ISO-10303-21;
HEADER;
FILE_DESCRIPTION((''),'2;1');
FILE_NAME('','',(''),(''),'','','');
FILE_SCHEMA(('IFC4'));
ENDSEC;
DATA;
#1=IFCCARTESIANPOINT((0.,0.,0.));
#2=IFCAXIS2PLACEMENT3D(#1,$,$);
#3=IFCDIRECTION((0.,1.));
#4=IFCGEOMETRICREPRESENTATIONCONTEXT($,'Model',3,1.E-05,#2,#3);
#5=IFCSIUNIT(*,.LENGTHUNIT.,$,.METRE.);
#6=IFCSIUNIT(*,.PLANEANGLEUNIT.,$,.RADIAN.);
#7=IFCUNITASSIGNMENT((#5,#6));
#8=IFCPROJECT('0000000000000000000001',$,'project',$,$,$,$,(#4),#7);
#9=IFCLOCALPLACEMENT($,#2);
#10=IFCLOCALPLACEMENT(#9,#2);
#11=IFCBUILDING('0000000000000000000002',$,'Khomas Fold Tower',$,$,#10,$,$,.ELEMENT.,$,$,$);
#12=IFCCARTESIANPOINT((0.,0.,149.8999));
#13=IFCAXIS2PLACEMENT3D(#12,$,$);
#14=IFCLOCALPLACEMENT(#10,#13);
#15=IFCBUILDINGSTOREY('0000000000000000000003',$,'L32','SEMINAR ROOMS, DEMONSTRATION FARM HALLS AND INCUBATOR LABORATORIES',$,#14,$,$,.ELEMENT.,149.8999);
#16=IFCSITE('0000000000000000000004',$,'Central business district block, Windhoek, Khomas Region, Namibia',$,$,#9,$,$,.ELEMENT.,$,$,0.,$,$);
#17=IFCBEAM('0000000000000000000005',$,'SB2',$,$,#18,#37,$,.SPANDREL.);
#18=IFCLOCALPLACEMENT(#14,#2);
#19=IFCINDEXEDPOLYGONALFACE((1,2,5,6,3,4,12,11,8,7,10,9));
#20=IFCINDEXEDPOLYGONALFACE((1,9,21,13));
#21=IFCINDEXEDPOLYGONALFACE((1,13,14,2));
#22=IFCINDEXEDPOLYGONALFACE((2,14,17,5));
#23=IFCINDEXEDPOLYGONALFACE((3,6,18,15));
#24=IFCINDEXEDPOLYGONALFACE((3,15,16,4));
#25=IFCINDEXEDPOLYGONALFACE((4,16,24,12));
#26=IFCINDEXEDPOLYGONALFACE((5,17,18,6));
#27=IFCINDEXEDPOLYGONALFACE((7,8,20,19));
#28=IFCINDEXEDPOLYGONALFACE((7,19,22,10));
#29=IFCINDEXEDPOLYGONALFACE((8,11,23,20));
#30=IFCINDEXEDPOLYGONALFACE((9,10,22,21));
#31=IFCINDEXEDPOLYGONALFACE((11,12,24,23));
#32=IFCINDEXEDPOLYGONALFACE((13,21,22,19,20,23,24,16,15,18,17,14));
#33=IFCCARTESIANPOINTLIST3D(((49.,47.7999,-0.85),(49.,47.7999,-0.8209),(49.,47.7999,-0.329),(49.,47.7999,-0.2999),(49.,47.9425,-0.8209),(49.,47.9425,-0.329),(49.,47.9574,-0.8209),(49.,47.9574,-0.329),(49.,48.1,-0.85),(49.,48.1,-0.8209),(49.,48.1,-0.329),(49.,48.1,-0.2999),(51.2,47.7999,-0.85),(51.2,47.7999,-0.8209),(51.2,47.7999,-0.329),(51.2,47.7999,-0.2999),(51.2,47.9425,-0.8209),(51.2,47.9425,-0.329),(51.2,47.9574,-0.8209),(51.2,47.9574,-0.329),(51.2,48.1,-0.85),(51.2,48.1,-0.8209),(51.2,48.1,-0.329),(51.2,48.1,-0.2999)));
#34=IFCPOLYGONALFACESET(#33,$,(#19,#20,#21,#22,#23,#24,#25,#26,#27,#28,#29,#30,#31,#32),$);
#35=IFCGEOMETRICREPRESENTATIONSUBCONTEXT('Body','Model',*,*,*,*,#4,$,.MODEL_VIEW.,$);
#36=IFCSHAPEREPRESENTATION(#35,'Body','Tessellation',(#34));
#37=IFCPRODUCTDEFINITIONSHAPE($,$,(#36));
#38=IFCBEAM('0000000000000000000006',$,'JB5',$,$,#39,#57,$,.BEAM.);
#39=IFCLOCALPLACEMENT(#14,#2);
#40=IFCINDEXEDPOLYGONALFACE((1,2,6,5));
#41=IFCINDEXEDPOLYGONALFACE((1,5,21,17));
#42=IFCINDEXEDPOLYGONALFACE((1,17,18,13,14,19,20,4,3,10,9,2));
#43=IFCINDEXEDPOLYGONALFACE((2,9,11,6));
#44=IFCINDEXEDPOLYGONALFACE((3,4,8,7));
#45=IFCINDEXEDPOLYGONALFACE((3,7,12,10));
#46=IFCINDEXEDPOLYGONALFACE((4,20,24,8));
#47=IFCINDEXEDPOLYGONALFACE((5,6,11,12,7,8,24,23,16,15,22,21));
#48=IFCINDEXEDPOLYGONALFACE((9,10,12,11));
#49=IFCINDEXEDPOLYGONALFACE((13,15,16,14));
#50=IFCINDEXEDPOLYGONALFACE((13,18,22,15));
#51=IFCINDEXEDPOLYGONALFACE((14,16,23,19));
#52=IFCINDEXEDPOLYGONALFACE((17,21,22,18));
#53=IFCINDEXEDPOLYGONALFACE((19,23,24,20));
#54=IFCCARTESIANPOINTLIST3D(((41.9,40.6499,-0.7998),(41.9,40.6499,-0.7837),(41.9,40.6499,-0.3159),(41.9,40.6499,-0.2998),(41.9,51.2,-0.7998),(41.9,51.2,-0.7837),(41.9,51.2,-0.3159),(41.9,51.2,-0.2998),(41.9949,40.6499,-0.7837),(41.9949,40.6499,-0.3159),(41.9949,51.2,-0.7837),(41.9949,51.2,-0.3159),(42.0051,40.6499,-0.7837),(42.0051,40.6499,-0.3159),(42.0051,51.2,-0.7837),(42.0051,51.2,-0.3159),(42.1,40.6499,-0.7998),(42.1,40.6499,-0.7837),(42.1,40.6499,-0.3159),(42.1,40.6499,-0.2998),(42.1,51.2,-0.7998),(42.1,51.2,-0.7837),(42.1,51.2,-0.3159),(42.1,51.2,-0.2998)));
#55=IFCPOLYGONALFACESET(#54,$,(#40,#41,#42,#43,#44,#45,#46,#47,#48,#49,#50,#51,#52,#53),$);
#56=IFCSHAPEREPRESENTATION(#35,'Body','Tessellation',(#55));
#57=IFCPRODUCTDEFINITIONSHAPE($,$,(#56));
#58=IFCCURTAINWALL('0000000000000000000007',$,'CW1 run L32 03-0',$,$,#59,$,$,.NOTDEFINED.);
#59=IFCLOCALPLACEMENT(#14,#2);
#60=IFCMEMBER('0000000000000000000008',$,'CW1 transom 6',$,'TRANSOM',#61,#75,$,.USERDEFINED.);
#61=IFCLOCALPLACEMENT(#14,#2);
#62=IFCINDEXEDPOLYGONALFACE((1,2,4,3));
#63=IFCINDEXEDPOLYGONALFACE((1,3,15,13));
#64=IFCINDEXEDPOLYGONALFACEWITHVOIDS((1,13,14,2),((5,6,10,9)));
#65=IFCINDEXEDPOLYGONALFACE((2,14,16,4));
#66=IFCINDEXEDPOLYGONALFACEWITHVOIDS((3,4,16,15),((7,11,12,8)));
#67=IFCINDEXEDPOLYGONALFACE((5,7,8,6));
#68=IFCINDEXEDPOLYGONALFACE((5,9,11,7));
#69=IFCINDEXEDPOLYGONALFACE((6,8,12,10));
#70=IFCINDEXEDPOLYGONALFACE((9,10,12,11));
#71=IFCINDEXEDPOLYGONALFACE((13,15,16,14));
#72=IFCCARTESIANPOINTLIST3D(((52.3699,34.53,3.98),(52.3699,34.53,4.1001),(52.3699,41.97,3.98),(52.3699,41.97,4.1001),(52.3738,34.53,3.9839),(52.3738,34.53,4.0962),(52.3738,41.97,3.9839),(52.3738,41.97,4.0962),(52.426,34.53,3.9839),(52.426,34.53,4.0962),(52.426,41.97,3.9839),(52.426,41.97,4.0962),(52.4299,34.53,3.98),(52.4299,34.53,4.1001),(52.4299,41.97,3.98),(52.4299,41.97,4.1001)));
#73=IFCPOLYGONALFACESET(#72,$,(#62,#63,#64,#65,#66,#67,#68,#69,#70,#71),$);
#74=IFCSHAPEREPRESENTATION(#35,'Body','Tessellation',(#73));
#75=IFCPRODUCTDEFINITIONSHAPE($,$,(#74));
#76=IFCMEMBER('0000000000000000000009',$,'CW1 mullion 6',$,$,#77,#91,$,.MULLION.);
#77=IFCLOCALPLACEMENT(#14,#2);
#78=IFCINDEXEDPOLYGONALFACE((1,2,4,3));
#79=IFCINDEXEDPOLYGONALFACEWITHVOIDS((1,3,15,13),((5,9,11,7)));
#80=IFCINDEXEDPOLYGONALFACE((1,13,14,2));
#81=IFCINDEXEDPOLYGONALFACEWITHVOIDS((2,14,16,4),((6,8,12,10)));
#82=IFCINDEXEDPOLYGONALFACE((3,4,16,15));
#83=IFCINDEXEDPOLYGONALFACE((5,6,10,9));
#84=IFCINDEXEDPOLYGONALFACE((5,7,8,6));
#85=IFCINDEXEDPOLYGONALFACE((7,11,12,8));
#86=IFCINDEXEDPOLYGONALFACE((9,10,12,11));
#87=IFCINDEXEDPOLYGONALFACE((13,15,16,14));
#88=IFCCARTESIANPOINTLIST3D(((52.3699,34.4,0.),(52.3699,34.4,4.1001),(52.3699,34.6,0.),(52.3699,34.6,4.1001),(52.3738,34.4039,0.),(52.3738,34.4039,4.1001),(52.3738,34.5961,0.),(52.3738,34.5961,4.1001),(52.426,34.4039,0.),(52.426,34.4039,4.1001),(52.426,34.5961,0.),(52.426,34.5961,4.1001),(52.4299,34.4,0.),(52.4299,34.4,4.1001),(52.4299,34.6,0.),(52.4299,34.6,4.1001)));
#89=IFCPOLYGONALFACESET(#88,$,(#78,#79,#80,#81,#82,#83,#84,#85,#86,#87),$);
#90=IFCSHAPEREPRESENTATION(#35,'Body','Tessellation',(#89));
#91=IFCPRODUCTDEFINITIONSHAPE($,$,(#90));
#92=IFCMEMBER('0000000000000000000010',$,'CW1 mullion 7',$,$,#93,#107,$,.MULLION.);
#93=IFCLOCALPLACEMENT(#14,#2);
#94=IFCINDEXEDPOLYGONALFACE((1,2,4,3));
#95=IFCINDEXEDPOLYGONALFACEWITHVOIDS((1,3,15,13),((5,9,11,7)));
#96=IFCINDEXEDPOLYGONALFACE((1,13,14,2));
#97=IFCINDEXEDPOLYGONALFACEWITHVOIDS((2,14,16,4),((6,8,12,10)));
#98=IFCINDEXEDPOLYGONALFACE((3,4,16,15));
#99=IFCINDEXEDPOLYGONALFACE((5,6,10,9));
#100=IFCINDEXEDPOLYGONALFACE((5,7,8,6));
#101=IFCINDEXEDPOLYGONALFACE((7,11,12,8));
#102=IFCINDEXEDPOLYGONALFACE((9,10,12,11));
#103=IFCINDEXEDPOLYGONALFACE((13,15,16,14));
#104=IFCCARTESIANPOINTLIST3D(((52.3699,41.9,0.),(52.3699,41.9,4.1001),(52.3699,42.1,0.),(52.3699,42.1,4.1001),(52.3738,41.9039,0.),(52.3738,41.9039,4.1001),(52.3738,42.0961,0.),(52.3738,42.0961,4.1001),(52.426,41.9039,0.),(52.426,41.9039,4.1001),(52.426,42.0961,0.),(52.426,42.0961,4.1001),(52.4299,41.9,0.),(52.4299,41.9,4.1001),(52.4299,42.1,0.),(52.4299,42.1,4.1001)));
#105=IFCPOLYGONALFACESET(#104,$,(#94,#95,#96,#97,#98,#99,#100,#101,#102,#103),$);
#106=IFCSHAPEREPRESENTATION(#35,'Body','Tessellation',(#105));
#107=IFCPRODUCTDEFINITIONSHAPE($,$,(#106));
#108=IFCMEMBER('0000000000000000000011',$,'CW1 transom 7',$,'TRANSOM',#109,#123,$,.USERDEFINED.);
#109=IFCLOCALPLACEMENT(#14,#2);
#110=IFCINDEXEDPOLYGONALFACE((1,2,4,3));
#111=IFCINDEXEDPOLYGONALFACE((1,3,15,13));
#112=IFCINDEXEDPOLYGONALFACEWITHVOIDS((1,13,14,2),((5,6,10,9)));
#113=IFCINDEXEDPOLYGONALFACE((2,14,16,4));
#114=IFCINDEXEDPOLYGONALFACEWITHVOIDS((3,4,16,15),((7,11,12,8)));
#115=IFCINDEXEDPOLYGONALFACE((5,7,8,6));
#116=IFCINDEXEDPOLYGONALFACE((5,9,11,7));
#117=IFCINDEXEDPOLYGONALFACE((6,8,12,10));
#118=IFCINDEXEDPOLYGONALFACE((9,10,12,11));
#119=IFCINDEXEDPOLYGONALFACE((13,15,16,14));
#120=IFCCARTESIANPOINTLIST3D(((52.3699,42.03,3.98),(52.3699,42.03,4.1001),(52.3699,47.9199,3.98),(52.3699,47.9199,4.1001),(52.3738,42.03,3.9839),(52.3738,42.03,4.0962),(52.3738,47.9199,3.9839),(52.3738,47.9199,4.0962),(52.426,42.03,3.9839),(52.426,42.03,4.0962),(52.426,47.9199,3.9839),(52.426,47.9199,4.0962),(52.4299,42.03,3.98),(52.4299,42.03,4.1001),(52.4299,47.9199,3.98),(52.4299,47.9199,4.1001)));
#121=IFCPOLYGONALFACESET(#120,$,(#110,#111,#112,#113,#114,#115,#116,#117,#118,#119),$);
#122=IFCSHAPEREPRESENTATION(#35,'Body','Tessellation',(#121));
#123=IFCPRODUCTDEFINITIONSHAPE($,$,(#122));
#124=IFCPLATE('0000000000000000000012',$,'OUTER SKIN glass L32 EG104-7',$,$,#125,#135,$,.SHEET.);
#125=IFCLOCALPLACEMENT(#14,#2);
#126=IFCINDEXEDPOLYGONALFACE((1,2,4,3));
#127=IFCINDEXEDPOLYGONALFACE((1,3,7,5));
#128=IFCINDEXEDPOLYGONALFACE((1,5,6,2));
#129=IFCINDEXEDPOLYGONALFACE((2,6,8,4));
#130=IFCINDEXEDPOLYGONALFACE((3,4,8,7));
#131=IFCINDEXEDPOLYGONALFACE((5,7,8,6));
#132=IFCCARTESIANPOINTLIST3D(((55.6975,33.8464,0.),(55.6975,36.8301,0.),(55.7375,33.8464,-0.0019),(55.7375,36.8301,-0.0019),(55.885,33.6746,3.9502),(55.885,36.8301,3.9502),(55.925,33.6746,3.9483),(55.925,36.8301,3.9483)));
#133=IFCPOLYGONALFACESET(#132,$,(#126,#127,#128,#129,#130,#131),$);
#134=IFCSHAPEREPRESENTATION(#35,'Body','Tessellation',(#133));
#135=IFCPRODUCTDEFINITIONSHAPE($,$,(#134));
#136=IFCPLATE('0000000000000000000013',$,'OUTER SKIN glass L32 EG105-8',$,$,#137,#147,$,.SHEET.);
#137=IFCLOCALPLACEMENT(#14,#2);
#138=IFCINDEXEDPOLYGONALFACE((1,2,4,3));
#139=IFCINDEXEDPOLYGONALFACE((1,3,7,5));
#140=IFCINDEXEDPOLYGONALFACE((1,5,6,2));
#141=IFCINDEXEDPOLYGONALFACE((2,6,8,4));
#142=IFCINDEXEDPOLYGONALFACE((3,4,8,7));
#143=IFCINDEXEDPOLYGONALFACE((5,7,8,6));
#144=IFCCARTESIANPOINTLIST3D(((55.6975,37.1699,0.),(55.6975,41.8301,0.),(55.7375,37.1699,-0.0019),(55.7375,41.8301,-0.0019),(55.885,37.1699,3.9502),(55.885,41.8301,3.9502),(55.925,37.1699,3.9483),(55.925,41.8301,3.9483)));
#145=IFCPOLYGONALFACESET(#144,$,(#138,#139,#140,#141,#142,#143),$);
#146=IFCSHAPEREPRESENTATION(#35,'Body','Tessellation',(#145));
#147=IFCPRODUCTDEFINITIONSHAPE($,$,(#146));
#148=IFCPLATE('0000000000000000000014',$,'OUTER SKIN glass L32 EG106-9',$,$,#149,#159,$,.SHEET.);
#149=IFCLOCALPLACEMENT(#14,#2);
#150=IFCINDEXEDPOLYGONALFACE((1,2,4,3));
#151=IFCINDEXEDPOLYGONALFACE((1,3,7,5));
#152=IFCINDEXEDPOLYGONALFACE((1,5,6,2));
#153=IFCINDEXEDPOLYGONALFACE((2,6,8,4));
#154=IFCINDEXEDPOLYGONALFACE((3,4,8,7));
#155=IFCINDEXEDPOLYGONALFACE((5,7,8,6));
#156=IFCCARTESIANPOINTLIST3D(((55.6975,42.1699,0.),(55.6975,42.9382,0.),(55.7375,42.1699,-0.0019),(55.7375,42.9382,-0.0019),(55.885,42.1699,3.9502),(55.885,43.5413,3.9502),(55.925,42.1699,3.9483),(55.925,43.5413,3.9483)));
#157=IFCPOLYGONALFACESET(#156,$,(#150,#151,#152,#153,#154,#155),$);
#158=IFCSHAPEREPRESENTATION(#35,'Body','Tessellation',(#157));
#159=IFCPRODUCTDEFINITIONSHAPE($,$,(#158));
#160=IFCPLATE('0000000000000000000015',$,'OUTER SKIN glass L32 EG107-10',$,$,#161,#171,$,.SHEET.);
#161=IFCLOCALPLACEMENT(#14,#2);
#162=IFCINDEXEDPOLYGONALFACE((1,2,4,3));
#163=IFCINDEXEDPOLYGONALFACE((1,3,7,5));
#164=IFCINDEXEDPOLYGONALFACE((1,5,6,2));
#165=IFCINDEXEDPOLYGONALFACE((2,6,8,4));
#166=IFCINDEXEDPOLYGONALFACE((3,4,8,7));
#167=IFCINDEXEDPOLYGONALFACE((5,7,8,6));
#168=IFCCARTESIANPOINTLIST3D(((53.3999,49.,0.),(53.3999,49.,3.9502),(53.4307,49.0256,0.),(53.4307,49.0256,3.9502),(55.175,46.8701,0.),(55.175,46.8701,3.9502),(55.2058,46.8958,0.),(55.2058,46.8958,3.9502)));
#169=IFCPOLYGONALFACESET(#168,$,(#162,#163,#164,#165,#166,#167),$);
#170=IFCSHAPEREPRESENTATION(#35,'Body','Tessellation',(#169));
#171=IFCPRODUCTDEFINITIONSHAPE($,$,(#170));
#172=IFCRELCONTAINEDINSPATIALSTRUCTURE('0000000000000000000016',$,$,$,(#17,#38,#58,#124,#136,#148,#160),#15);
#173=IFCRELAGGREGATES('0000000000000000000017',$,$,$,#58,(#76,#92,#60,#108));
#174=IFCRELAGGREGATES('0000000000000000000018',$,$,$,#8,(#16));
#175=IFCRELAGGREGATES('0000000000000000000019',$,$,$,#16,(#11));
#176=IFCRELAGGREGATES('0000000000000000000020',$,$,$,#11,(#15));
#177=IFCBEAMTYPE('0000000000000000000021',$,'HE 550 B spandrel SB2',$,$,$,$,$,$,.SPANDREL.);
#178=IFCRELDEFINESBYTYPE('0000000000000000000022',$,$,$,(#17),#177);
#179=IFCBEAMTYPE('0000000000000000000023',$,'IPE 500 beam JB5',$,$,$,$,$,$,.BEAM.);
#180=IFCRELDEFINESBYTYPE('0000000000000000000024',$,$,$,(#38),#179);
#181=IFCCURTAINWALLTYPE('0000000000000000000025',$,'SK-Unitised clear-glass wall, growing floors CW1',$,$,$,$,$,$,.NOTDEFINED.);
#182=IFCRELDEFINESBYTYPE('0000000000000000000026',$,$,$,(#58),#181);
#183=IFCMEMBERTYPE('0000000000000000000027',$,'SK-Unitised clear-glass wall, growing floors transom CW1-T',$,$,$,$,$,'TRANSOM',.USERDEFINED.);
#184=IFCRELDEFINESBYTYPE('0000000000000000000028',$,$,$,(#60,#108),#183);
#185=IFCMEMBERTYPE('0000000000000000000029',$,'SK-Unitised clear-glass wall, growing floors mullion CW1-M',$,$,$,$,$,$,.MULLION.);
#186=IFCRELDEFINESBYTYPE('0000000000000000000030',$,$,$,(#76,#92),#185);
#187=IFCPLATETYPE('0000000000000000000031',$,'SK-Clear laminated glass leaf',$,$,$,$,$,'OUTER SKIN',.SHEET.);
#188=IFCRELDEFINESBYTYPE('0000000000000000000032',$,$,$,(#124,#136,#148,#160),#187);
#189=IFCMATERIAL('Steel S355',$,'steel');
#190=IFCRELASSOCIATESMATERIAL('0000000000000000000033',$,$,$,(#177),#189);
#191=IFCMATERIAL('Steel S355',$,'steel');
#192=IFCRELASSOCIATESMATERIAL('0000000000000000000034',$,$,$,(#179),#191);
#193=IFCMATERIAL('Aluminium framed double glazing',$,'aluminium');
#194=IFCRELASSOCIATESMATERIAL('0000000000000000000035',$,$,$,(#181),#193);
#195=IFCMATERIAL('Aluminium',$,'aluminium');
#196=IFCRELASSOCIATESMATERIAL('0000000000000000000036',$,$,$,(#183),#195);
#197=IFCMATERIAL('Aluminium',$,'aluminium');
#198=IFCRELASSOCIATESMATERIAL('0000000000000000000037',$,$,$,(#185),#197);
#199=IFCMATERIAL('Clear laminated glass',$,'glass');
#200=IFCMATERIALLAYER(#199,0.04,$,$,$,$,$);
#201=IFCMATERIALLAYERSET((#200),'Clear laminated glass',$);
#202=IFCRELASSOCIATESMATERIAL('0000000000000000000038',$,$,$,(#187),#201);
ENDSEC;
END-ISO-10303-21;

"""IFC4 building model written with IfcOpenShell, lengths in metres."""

from ifc_helpers import new_model, si_unit, direction, frame, origin, origin_2d, place, context, subcontext, project, spatial, polyline, hollow_rectangle, i_section, outline, extrude, source, transform, mapped, material, layer, layer_set, material_profile, profile_set, type_object, element, aggregate, save


model = new_model("IFC4")

# Units and contexts
model_context = context("Model", 3, precision=1e-05, world=origin(), true_north=direction((0.0, 1.0)))
body_context = subcontext(model_context, "Body", "Model", "MODEL_VIEW")
ifc_project = project(units=[si_unit("LENGTHUNIT", "METRE"), si_unit("PLANEANGLEUNIT", "RADIAN")], contexts=[model_context])

# Site, building, storey
site_placement = place(None, origin())
site = spatial("IfcSite", under=ifc_project, at=site_placement, Name="Central business district block, Windhoek, Khomas Region, Namibia", CompositionType="ELEMENT", RefElevation=0.0)
building_placement = place(site_placement, origin())
building = spatial("IfcBuilding", under=site, at=building_placement, Name="Khomas Fold Tower", CompositionType="ELEMENT")
storey_placement = place(building_placement, frame((0.0, 0.0, 149.8999)))
storey = spatial("IfcBuildingStorey", under=building, at=storey_placement, Name="L32", Description="SEMINAR ROOMS, DEMONSTRATION FARM HALLS AND INCUBATOR LABORATORIES", CompositionType="ELEMENT", Elevation=149.8999)

# Beams
ifc_material_1 = material(Name="Steel S355", Category="steel")
ifc_material_profile_1 = material_profile(ifc_material_1, i_section(OverallWidth=0.3, OverallDepth=0.55, WebThickness=0.0149, FlangeThickness=0.0291, at=origin_2d()), Name="HE 550 B")
ifc_profile_set_1 = profile_set([ifc_material_profile_1], Name="Steel S355")
beam_type_1 = type_object("IfcBeamType", Name="HE 550 B spandrel SB2", PredefinedType="SPANDREL", material=ifc_profile_set_1)
shared_shape_1 = source(origin(), body_context, "Body", "SweptSolid", [
    extrude(i_section(OverallWidth=0.3, OverallDepth=0.55, WebThickness=0.0149, FlangeThickness=0.0291, at=origin_2d()), origin(), (0.0, 0.0, 1.0), 2.2),
])
beam_1_placement = place(storey_placement, frame((49.0, 47.95, -0.575), z_axis=(1.0, 0.0, 0.0), x_axis=(0.0, 1.0, 0.0)))
element("IfcBeam", 1, at=beam_1_placement, inside=storey, type_object=beam_type_1, Name="SB2", PredefinedType="SPANDREL", context=body_context, shape_type="MappedRepresentation", body=[
    mapped(shared_shape_1, transform((0.0, 0.0, 0.0))),
])
ifc_material_2 = material(Name="Steel S355", Category="steel")
ifc_material_profile_2 = material_profile(ifc_material_2, i_section(OverallWidth=0.2, OverallDepth=0.5, WebThickness=0.0103, FlangeThickness=0.0161, at=origin_2d()), Name="IPE 500")
ifc_profile_set_2 = profile_set([ifc_material_profile_2], Name="Steel S355")
beam_type_2 = type_object("IfcBeamType", Name="IPE 500 beam JB5", PredefinedType="BEAM", material=ifc_profile_set_2)
shared_shape_2 = source(origin(), body_context, "Body", "SweptSolid", [
    extrude(i_section(OverallWidth=0.2, OverallDepth=0.5, WebThickness=0.0103, FlangeThickness=0.0161, at=origin_2d()), origin(), (0.0, 0.0, 1.0), 10.55),
])
beam_2_placement = place(storey_placement, frame((42.0, 40.6499, -0.5498), z_axis=(0.0, 1.0, 0.0), x_axis=(-1.0, 0.0, 0.0)))
element("IfcBeam", 2, at=beam_2_placement, inside=storey, type_object=beam_type_2, Name="JB5", PredefinedType="BEAM", context=body_context, shape_type="MappedRepresentation", body=[
    mapped(shared_shape_2, transform((0.0, 0.0, 0.0))),
])

# Curtain wall, members
ifc_material_3 = material(Name="Aluminium framed double glazing", Category="aluminium")
curtain_wall_type = type_object("IfcCurtainWallType", Name="SK-Unitised clear-glass wall, growing floors CW1", PredefinedType="NOTDEFINED", material=ifc_material_3)
curtain_wall_placement = place(storey_placement, origin())
curtain_wall = element("IfcCurtainWall", 3, at=curtain_wall_placement, inside=storey, type_object=curtain_wall_type, Name="CW1 run L32 03-0", PredefinedType="NOTDEFINED")
ifc_material_4 = material(Name="Aluminium", Category="aluminium")
ifc_material_profile_3 = material_profile(ifc_material_4, hollow_rectangle(XDim=0.0601, YDim=0.1201, WallThickness=0.0039, at=origin_2d()), Name="SK-Unitised clear-glass wall, growing floors transom CW1-T")
ifc_profile_set_3 = profile_set([ifc_material_profile_3], Name="Aluminium")
member_type_1 = type_object("IfcMemberType", Name="SK-Unitised clear-glass wall, growing floors transom CW1-T", ElementType="TRANSOM", PredefinedType="USERDEFINED", material=ifc_profile_set_3)
shared_shape_3 = source(origin(), body_context, "Body", "SweptSolid", [
    extrude(hollow_rectangle(XDim=0.0601, YDim=0.1201, WallThickness=0.0039, at=origin_2d()), origin(), (0.0, 0.0, 1.0), 7.4399),
])
member_1_placement = place(storey_placement, frame((52.3999, 34.53, 4.04), z_axis=(0.0, 1.0, 0.0), x_axis=(-1.0, 0.0, 0.0)))
member_1 = element("IfcMember", 4, at=member_1_placement, type_object=member_type_1, Name="CW1 transom 6", ObjectType="TRANSOM", PredefinedType="USERDEFINED", context=body_context, shape_type="MappedRepresentation", body=[
    mapped(shared_shape_3, transform((0.0, 0.0, 0.0))),
])
ifc_material_5 = material(Name="Aluminium", Category="aluminium")
ifc_material_profile_4 = material_profile(ifc_material_5, hollow_rectangle(XDim=0.0601, YDim=0.2, WallThickness=0.0039, at=origin_2d()), Name="SK-Unitised clear-glass wall, growing floors mullion CW1-M")
ifc_profile_set_4 = profile_set([ifc_material_profile_4], Name="Aluminium")
member_type_2 = type_object("IfcMemberType", Name="SK-Unitised clear-glass wall, growing floors mullion CW1-M", PredefinedType="MULLION", material=ifc_profile_set_4)
shared_shape_4 = source(origin(), body_context, "Body", "SweptSolid", [
    extrude(hollow_rectangle(XDim=0.0601, YDim=0.2, WallThickness=0.0039, at=origin_2d()), origin(), (0.0, 0.0, 1.0), 4.1001),
])
member_2_placement = place(storey_placement, frame((52.3999, 34.5, 0.0), z_axis=(0.0, 0.0, 1.0), x_axis=(-1.0, 0.0, 0.0)))
member_2 = element("IfcMember", 5, at=member_2_placement, type_object=member_type_2, Name="CW1 mullion 6", PredefinedType="MULLION", context=body_context, shape_type="MappedRepresentation", body=[
    mapped(shared_shape_4, transform((0.0, 0.0, 0.0))),
])
member_3_placement = place(storey_placement, frame((52.3999, 42.0, 0.0), z_axis=(0.0, 0.0, 1.0), x_axis=(-1.0, 0.0, 0.0)))
member_3 = element("IfcMember", 6, at=member_3_placement, type_object=member_type_2, Name="CW1 mullion 7", PredefinedType="MULLION", context=body_context, shape_type="MappedRepresentation", body=[
    mapped(shared_shape_4, transform((0.0, 0.0, 0.0))),
])
shared_shape_5 = source(origin(), body_context, "Body", "SweptSolid", [
    extrude(hollow_rectangle(XDim=0.0601, YDim=0.1201, WallThickness=0.0039, at=origin_2d()), origin(), (0.0, 0.0, 1.0), 5.8899),
])
member_4_placement = place(storey_placement, frame((52.3999, 42.03, 4.04), z_axis=(0.0, 1.0, 0.0), x_axis=(-1.0, 0.0, 0.0)))
member_4 = element("IfcMember", 7, at=member_4_placement, type_object=member_type_1, Name="CW1 transom 7", ObjectType="TRANSOM", PredefinedType="USERDEFINED", context=body_context, shape_type="MappedRepresentation", body=[
    mapped(shared_shape_5, transform((0.0, 0.0, 0.0))),
])

# Plates
ifc_material_6 = material(Name="Clear laminated glass", Category="glass")
ifc_layer_1 = layer(ifc_material_6, 0.04)
ifc_layer_set_1 = layer_set([ifc_layer_1], Name="Clear laminated glass")
plate_type_1 = type_object("IfcPlateType", Name="SK-Clear laminated glass leaf", ElementType="OUTER SKIN", PredefinedType="SHEET", material=ifc_layer_set_1)
plate_1_placement = place(storey_placement, frame((55.6975, 33.8464, 0.0), z_axis=(-0.998875, 0.0, 0.047413), x_axis=(0.047368, -0.043421, 0.997933)))
element("IfcPlate", 8, at=plate_1_placement, inside=storey, type_object=plate_type_1, Name="OUTER SKIN glass L32 EG104-7", PredefinedType="SHEET", context=body_context, shape_type="SweptSolid", body=[
    extrude(outline(polyline([(0.0, 0.0), (3.9584, 0.0), (3.8214, 3.1525), (-0.1296, 2.9808), (0.0, 0.0)])), origin(), (0.0, 0.0, -1.0), 0.04),
])
plate_2_placement = place(storey_placement, frame((55.6975, 37.1699, 0.0), z_axis=(-0.998875, 0.0, 0.047413), x_axis=(0.047413, 0.0, 0.998875)))
element("IfcPlate", 9, at=plate_2_placement, inside=storey, type_object=plate_type_1, Name="OUTER SKIN glass L32 EG105-8", PredefinedType="SHEET", context=body_context, shape_type="SweptSolid", body=[
    extrude(outline(polyline([(0.0, 0.0), (3.9546, 0.0), (3.9546, 4.6602), (0.0, 4.6602), (0.0, 0.0)])), origin(), (0.0, 0.0, -1.0), 0.04),
])
plate_3_placement = place(storey_placement, frame((55.6975, 42.9382, 0.0), z_axis=(-0.998875, 0.0, 0.047413), x_axis=(0.0, -1.0, 0.0)))
element("IfcPlate", 10, at=plate_3_placement, inside=storey, type_object=plate_type_1, Name="OUTER SKIN glass L32 EG106-9", PredefinedType="SHEET", context=body_context, shape_type="SweptSolid", body=[
    extrude(outline(polyline([(0.0, 0.0), (0.7683, 0.0), (0.7683, 3.9546), (-0.603, 3.9546), (0.0, 0.0)])), origin(), (0.0, 0.0, -1.0), 0.04),
])
plate_4_placement = place(storey_placement, frame((55.175, 46.8701, 0.0), z_axis=(-0.768178, -0.640236, 0.0), x_axis=(0.0, 0.0, 1.0)))
element("IfcPlate", 11, at=plate_4_placement, inside=storey, type_object=plate_type_1, Name="OUTER SKIN glass L32 EG107-10", PredefinedType="SHEET", context=body_context, shape_type="SweptSolid", body=[
    extrude(outline(polyline([(0.0, 0.0), (3.9502, 0.0), (3.9502, 2.7726), (0.0, 2.7726), (0.0, 0.0)])), origin(), (0.0, 0.0, -1.0), 0.04),
])

aggregate(curtain_wall, [member_2, member_3, member_1, member_4])

save(model, "model.ifc")
